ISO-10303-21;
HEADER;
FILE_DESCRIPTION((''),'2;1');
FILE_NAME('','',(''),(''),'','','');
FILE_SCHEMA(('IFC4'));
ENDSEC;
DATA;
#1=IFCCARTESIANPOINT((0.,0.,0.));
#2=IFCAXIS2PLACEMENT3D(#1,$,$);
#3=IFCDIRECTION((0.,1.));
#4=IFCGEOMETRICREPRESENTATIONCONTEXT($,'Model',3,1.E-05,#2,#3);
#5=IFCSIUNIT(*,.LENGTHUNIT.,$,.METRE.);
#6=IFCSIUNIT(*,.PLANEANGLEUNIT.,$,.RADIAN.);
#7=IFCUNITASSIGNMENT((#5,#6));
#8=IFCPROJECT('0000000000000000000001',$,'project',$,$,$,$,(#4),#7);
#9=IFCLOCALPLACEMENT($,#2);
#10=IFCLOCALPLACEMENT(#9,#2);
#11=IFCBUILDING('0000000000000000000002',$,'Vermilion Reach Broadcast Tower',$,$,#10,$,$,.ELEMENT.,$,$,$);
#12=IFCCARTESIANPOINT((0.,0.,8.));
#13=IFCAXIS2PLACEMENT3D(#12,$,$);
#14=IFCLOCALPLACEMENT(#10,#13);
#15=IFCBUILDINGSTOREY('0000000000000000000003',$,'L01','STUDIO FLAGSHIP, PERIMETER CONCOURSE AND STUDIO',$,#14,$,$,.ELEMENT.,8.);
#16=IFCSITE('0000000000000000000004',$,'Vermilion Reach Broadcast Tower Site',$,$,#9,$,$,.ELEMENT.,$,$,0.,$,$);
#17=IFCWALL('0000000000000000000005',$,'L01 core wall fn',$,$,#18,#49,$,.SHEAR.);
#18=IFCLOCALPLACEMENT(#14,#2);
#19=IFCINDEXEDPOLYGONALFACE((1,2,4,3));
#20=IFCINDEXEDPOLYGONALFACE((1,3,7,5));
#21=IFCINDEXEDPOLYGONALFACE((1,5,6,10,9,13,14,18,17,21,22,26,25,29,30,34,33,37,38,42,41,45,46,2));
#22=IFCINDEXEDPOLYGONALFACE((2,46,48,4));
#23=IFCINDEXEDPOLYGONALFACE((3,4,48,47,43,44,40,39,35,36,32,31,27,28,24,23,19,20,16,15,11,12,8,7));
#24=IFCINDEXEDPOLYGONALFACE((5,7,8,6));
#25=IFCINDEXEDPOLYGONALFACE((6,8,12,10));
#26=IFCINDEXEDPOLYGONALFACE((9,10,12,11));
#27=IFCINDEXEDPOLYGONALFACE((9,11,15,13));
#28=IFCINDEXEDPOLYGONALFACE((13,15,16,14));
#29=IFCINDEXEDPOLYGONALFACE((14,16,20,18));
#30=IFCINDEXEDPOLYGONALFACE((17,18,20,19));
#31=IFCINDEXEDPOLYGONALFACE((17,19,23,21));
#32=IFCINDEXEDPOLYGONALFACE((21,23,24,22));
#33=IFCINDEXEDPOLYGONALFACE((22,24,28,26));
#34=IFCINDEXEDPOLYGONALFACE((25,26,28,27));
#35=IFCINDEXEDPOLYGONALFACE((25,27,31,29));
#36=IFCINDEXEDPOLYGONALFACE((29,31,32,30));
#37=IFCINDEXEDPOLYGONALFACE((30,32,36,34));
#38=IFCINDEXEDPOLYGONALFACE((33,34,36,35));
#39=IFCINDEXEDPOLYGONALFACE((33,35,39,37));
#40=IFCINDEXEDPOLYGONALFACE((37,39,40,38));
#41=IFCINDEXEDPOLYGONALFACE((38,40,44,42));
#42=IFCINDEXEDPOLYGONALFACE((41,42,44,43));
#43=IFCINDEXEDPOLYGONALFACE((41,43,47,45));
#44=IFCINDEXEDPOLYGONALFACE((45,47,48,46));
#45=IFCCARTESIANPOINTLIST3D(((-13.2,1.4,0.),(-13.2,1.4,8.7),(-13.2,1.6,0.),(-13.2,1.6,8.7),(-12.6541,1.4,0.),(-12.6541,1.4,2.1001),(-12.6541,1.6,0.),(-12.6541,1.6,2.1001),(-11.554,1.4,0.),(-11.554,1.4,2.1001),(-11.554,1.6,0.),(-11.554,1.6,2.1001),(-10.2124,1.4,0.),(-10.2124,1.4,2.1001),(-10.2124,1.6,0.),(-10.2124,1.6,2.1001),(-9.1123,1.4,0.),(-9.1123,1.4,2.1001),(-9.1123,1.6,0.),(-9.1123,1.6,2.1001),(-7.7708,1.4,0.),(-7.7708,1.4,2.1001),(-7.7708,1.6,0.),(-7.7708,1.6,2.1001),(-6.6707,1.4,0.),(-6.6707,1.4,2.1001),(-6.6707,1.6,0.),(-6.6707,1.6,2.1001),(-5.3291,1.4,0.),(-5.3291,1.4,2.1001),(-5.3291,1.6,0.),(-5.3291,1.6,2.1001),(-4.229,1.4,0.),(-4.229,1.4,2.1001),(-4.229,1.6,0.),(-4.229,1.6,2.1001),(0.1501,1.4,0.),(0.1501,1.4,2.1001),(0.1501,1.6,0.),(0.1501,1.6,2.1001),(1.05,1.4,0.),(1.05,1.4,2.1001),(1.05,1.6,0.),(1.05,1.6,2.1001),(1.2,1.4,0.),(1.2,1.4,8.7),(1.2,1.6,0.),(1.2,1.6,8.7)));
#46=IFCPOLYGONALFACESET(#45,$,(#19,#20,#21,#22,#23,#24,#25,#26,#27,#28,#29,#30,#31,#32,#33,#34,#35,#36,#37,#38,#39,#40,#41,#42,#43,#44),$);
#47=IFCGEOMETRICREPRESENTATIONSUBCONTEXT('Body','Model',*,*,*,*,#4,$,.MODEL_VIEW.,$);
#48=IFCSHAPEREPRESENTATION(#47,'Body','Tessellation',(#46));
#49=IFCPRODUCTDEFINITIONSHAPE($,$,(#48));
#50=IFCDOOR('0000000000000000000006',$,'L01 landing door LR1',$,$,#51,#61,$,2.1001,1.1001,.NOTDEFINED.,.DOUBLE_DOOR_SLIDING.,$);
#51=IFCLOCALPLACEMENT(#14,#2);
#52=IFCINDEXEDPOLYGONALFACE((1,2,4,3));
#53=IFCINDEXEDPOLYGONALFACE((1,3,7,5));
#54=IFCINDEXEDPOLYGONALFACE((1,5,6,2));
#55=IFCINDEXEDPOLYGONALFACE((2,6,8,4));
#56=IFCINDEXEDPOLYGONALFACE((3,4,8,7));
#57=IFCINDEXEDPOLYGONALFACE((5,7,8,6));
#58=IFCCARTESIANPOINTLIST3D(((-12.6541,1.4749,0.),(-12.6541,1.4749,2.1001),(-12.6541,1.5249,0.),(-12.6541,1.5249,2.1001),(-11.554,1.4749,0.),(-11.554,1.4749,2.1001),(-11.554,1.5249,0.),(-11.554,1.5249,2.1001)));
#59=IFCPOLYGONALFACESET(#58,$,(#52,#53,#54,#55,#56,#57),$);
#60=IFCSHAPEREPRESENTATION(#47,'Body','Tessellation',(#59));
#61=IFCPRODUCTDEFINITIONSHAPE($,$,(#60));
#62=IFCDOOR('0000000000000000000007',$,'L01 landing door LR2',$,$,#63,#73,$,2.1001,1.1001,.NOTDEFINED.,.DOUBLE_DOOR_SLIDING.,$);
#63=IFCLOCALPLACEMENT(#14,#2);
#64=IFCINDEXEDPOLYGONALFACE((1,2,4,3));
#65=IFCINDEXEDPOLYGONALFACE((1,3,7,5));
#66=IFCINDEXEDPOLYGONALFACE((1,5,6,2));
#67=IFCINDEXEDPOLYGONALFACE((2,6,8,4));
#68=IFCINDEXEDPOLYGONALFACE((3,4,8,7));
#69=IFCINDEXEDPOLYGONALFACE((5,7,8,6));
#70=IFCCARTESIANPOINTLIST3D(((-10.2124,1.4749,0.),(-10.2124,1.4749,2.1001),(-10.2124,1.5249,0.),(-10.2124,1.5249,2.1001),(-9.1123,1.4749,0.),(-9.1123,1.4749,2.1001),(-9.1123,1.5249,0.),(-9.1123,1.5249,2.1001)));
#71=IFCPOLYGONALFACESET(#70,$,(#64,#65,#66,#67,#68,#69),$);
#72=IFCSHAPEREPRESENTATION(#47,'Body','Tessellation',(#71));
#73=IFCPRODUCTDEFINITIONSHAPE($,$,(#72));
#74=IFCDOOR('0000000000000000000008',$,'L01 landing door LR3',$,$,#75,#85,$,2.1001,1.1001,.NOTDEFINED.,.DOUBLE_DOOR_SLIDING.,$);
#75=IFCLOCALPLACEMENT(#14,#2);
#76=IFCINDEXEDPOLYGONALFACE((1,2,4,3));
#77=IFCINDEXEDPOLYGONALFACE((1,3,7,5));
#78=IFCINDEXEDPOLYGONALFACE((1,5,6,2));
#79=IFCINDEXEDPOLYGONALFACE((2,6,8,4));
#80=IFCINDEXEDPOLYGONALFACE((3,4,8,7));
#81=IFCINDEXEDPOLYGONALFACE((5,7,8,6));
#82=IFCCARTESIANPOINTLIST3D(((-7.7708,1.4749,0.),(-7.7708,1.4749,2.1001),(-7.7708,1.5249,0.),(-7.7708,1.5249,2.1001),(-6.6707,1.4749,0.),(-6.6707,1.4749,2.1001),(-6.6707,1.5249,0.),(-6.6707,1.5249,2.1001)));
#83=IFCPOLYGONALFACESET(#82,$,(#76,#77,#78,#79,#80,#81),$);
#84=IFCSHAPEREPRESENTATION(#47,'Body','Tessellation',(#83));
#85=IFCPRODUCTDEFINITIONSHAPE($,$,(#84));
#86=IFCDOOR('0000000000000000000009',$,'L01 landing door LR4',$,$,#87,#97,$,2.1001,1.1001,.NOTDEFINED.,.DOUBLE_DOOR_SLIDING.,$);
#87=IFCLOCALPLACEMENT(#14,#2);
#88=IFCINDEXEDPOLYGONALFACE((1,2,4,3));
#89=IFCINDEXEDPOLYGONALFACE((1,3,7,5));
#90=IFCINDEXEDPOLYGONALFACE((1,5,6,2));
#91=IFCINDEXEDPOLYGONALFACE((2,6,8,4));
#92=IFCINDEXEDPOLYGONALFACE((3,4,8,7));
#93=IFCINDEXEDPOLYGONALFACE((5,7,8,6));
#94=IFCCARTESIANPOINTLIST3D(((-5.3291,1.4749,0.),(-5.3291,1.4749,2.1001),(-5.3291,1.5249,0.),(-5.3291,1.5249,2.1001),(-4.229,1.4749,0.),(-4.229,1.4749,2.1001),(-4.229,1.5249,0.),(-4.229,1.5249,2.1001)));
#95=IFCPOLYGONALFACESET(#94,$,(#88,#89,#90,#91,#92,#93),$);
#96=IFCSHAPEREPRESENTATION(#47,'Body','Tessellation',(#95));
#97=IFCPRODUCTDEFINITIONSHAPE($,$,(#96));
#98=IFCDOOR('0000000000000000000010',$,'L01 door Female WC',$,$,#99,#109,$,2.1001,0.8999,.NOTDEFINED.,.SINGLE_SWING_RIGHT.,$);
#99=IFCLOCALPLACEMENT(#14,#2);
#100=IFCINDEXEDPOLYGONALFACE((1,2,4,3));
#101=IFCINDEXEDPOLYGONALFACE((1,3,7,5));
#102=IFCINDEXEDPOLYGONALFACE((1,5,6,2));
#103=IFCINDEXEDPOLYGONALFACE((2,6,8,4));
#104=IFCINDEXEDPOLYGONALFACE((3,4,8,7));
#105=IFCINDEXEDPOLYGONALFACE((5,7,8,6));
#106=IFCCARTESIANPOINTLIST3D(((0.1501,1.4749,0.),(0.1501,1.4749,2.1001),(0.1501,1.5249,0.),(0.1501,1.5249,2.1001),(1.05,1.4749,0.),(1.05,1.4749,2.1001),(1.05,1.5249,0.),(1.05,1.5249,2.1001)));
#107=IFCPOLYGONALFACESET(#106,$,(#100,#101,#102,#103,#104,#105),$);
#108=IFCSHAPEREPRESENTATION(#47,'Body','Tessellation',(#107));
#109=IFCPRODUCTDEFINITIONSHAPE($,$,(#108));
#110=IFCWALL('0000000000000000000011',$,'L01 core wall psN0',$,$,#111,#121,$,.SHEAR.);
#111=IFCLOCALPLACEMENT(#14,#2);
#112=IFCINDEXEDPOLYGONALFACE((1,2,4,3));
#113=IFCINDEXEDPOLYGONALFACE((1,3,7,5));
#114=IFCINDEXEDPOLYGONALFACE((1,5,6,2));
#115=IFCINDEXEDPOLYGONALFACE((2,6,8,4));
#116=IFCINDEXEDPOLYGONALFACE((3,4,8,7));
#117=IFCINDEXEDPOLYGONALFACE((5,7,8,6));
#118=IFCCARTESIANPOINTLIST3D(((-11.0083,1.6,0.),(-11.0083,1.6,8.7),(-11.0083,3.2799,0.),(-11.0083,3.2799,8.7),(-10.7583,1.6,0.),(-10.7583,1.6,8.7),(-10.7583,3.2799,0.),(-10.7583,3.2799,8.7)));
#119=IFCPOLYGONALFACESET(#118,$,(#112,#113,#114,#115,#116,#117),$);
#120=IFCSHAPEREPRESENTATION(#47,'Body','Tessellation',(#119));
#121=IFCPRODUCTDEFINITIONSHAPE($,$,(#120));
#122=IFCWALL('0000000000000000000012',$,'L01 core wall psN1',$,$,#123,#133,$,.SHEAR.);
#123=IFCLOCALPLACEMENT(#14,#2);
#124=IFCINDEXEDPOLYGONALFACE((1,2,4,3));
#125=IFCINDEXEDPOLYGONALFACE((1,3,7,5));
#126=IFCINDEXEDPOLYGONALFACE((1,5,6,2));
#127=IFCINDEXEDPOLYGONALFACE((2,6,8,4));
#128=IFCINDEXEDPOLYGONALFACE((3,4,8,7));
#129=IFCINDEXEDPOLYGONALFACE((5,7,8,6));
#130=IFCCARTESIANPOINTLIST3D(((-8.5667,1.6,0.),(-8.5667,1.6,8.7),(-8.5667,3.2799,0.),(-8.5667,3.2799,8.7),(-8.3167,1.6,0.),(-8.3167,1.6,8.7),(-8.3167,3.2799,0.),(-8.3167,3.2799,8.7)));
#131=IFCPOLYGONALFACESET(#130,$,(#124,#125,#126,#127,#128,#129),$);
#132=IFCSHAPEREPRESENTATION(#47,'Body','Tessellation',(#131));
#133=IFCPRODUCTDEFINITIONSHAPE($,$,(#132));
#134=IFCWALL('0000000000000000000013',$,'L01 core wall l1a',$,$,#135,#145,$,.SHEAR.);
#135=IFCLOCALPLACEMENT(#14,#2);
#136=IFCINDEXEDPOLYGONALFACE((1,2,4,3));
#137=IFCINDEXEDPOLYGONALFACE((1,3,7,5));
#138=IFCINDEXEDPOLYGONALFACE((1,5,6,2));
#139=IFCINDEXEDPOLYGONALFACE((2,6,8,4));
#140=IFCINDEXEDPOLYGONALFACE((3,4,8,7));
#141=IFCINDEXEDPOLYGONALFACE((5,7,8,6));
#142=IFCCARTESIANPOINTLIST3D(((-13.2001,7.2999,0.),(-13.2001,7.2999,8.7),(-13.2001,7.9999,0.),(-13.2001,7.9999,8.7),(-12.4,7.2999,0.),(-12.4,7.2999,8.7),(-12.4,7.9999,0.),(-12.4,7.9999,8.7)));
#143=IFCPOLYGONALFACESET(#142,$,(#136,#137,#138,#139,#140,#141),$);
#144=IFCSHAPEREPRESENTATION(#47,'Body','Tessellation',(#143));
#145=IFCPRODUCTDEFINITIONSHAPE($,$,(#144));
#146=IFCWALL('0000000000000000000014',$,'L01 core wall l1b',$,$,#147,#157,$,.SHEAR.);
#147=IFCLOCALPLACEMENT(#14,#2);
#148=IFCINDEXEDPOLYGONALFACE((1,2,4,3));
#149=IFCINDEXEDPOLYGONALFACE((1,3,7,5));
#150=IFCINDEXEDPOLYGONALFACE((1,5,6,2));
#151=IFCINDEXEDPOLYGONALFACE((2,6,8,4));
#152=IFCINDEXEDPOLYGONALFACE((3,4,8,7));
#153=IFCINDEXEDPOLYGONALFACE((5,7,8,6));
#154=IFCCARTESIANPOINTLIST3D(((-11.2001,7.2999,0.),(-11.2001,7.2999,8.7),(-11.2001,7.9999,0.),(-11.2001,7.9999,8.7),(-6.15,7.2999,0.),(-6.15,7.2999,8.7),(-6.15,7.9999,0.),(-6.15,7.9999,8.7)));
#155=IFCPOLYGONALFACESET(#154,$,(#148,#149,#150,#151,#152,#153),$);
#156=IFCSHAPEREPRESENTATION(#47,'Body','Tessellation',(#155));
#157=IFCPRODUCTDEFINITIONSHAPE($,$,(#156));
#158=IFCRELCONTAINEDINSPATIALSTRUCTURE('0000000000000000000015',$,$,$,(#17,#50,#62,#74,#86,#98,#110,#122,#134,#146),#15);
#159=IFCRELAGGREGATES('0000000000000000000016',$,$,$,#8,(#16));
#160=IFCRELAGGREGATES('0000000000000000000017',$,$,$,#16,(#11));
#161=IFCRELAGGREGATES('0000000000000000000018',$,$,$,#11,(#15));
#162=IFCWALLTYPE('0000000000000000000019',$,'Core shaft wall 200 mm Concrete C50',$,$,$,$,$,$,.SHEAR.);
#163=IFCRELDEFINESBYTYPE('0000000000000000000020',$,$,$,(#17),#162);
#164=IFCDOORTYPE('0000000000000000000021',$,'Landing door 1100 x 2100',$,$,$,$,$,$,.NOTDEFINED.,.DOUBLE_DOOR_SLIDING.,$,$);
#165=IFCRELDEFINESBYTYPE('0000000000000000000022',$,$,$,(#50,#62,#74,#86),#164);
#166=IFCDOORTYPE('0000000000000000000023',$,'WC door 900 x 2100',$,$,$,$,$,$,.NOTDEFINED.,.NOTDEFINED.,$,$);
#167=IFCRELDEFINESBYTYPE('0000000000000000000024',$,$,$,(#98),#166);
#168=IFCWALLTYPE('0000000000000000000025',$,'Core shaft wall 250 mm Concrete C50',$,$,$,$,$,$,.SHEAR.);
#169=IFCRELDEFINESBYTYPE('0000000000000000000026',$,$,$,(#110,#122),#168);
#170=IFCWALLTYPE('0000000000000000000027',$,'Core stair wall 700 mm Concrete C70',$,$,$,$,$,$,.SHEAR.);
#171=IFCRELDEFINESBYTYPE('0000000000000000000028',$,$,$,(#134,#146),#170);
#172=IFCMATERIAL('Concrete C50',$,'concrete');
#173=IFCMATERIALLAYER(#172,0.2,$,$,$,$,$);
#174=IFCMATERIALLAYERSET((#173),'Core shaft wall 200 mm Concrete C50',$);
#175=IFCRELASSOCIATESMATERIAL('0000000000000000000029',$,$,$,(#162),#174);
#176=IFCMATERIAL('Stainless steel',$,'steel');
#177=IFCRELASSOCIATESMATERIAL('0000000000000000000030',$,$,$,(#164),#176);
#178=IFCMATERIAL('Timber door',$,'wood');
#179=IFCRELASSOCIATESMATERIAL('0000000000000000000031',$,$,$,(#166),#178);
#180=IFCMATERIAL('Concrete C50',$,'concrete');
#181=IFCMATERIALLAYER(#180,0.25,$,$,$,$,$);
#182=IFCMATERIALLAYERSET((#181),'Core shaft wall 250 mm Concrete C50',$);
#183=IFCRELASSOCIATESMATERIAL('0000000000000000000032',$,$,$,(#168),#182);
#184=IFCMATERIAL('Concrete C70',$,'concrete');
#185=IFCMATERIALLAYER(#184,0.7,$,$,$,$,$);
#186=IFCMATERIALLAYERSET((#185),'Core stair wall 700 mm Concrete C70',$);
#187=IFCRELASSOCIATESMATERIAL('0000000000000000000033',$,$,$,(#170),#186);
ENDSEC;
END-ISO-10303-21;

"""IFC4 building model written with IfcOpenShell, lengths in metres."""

from ifc_helpers import new_model, si_unit, direction, frame, frame_2d, origin, place, context, subcontext, project, spatial, rectangle, extrude, material, layer, layer_set, type_object, element, fill, save


model = new_model("IFC4")

# Units and contexts
model_context = context("Model", 3, precision=1e-05, world=origin(), true_north=direction((0.0, 1.0)))
body_context = subcontext(model_context, "Body", "Model", "MODEL_VIEW")
ifc_project = project(units=[si_unit("LENGTHUNIT", "METRE"), si_unit("PLANEANGLEUNIT", "RADIAN")], contexts=[model_context])

# Site, building, storey
site_placement = place(None, origin())
site = spatial("IfcSite", under=ifc_project, at=site_placement, Name="Vermilion Reach Broadcast Tower Site", CompositionType="ELEMENT", RefElevation=0.0)
building_placement = place(site_placement, origin())
building = spatial("IfcBuilding", under=site, at=building_placement, Name="Vermilion Reach Broadcast Tower", CompositionType="ELEMENT")
storey_placement = place(building_placement, frame((0.0, 0.0, 8.0)))
storey = spatial("IfcBuildingStorey", under=building, at=storey_placement, Name="L01", Description="STUDIO FLAGSHIP, PERIMETER CONCOURSE AND STUDIO", CompositionType="ELEMENT", Elevation=8.0)

# Wall, openings, doors
ifc_material_1 = material(Name="Concrete C50", Category="concrete")
ifc_layer_1 = layer(ifc_material_1, 0.2)
ifc_layer_set_1 = layer_set([ifc_layer_1], Name="Core shaft wall 200 mm Concrete C50")
wall_type_1 = type_object("IfcWallType", Name="Core shaft wall 200 mm Concrete C50", PredefinedType="SHEAR", material=ifc_layer_set_1)
wall_1_placement = place(storey_placement, frame((-13.2, 1.5, 0.0), z_axis=(0.0, 0.0, 1.0), x_axis=(1.0, 0.0, 0.0)))
wall_1 = element("IfcWall", 1, at=wall_1_placement, inside=storey, type_object=wall_type_1, Name="L01 core wall fn", PredefinedType="SHEAR", context=body_context, shape_type="SweptSolid", body=[
    extrude(rectangle(XDim=14.3999, YDim=0.2, at=frame_2d((7.2, 0.0))), origin(), (0.0, 0.0, 1.0), 8.7),
])
opening_1_placement = place(wall_1_placement, frame((0.5459, 0.0, 0.0)))
opening_1 = element("IfcOpeningElement", 2, at=opening_1_placement, cuts=wall_1, PredefinedType="OPENING", context=body_context, shape_type="SweptSolid", body=[
    extrude(rectangle(XDim=1.1001, YDim=2.1001, at=frame_2d((0.55, 1.05))), frame((0.0, 0.1099, 0.0), z_axis=(0.0, -1.0, 0.0), x_axis=(1.0, 0.0, 0.0)), (0.0, 0.0, 1.0), 0.22),
])
opening_2_placement = place(wall_1_placement, frame((2.9875, 0.0, 0.0)))
opening_2 = element("IfcOpeningElement", 3, at=opening_2_placement, cuts=wall_1, PredefinedType="OPENING", context=body_context, shape_type="SweptSolid", body=[
    extrude(rectangle(XDim=1.1001, YDim=2.1001, at=frame_2d((0.55, 1.05))), frame((0.0, 0.1099, 0.0), z_axis=(0.0, -1.0, 0.0), x_axis=(1.0, 0.0, 0.0)), (0.0, 0.0, 1.0), 0.22),
])
opening_3_placement = place(wall_1_placement, frame((5.4292, 0.0, 0.0)))
opening_3 = element("IfcOpeningElement", 4, at=opening_3_placement, cuts=wall_1, PredefinedType="OPENING", context=body_context, shape_type="SweptSolid", body=[
    extrude(rectangle(XDim=1.1001, YDim=2.1001, at=frame_2d((0.55, 1.05))), frame((0.0, 0.1099, 0.0), z_axis=(0.0, -1.0, 0.0), x_axis=(1.0, 0.0, 0.0)), (0.0, 0.0, 1.0), 0.22),
])
opening_4_placement = place(wall_1_placement, frame((7.8708, 0.0, 0.0)))
opening_4 = element("IfcOpeningElement", 5, at=opening_4_placement, cuts=wall_1, PredefinedType="OPENING", context=body_context, shape_type="SweptSolid", body=[
    extrude(rectangle(XDim=1.1001, YDim=2.1001, at=frame_2d((0.55, 1.05))), frame((0.0, 0.1099, 0.0), z_axis=(0.0, -1.0, 0.0), x_axis=(1.0, 0.0, 0.0)), (0.0, 0.0, 1.0), 0.22),
])
opening_5_placement = place(wall_1_placement, frame((13.3501, 0.0, 0.0)))
opening_5 = element("IfcOpeningElement", 6, at=opening_5_placement, cuts=wall_1, PredefinedType="OPENING", context=body_context, shape_type="SweptSolid", body=[
    extrude(rectangle(XDim=0.8999, YDim=2.1001, at=frame_2d((0.45, 1.05))), frame((0.0, 0.1099, 0.0), z_axis=(0.0, -1.0, 0.0), x_axis=(1.0, 0.0, 0.0)), (0.0, 0.0, 1.0), 0.22),
])
ifc_material_2 = material(Name="Stainless steel", Category="steel")
door_type_1 = type_object("IfcDoorType", Name="Landing door 1100 x 2100", OperationType="DOUBLE_DOOR_SLIDING", PredefinedType="NOTDEFINED", material=ifc_material_2)
door_1_placement = place(opening_1_placement, origin())
door_1 = element("IfcDoor", 7, at=door_1_placement, inside=storey, type_object=door_type_1, Name="L01 landing door LR1", OperationType="DOUBLE_DOOR_SLIDING", OverallHeight=2.1001, OverallWidth=1.1001, PredefinedType="NOTDEFINED", context=body_context, shape_type="SweptSolid", body=[
    extrude(rectangle(XDim=1.1001, YDim=2.1001, at=frame_2d((0.55, 1.05))), frame((0.0, 0.0249, 0.0), z_axis=(0.0, -1.0, 0.0), x_axis=(1.0, 0.0, 0.0)), (0.0, 0.0, 1.0), 0.05),
])
fill(opening_1, door_1)
door_2_placement = place(opening_2_placement, origin())
door_2 = element("IfcDoor", 8, at=door_2_placement, inside=storey, type_object=door_type_1, Name="L01 landing door LR2", OperationType="DOUBLE_DOOR_SLIDING", OverallHeight=2.1001, OverallWidth=1.1001, PredefinedType="NOTDEFINED", context=body_context, shape_type="SweptSolid", body=[
    extrude(rectangle(XDim=1.1001, YDim=2.1001, at=frame_2d((0.55, 1.05))), frame((0.0, 0.0249, 0.0), z_axis=(0.0, -1.0, 0.0), x_axis=(1.0, 0.0, 0.0)), (0.0, 0.0, 1.0), 0.05),
])
fill(opening_2, door_2)
door_3_placement = place(opening_3_placement, origin())
door_3 = element("IfcDoor", 9, at=door_3_placement, inside=storey, type_object=door_type_1, Name="L01 landing door LR3", OperationType="DOUBLE_DOOR_SLIDING", OverallHeight=2.1001, OverallWidth=1.1001, PredefinedType="NOTDEFINED", context=body_context, shape_type="SweptSolid", body=[
    extrude(rectangle(XDim=1.1001, YDim=2.1001, at=frame_2d((0.55, 1.05))), frame((0.0, 0.0249, 0.0), z_axis=(0.0, -1.0, 0.0), x_axis=(1.0, 0.0, 0.0)), (0.0, 0.0, 1.0), 0.05),
])
fill(opening_3, door_3)
door_4_placement = place(opening_4_placement, origin())
door_4 = element("IfcDoor", 10, at=door_4_placement, inside=storey, type_object=door_type_1, Name="L01 landing door LR4", OperationType="DOUBLE_DOOR_SLIDING", OverallHeight=2.1001, OverallWidth=1.1001, PredefinedType="NOTDEFINED", context=body_context, shape_type="SweptSolid", body=[
    extrude(rectangle(XDim=1.1001, YDim=2.1001, at=frame_2d((0.55, 1.05))), frame((0.0, 0.0249, 0.0), z_axis=(0.0, -1.0, 0.0), x_axis=(1.0, 0.0, 0.0)), (0.0, 0.0, 1.0), 0.05),
])
fill(opening_4, door_4)
ifc_material_3 = material(Name="Timber door", Category="wood")
door_type_2 = type_object("IfcDoorType", Name="WC door 900 x 2100", OperationType="NOTDEFINED", PredefinedType="NOTDEFINED", material=ifc_material_3)
door_5_placement = place(opening_5_placement, origin())
door_5 = element("IfcDoor", 11, at=door_5_placement, inside=storey, type_object=door_type_2, Name="L01 door Female WC", OperationType="SINGLE_SWING_RIGHT", OverallHeight=2.1001, OverallWidth=0.8999, PredefinedType="NOTDEFINED", context=body_context, shape_type="SweptSolid", body=[
    extrude(rectangle(XDim=0.8999, YDim=2.1001, at=frame_2d((0.45, 1.05))), frame((0.0, 0.0249, 0.0), z_axis=(0.0, -1.0, 0.0), x_axis=(1.0, 0.0, 0.0)), (0.0, 0.0, 1.0), 0.05),
])
fill(opening_5, door_5)

# Walls
ifc_material_4 = material(Name="Concrete C50", Category="concrete")
ifc_layer_2 = layer(ifc_material_4, 0.25)
ifc_layer_set_2 = layer_set([ifc_layer_2], Name="Core shaft wall 250 mm Concrete C50")
wall_type_2 = type_object("IfcWallType", Name="Core shaft wall 250 mm Concrete C50", PredefinedType="SHEAR", material=ifc_layer_set_2)
for number, where, z_axis, x_axis, name in (
    (12, (-10.8833, 1.6001, 0.0), (0.0, 0.0, 1.0), (0.0, 1.0, 0.0), "L01 core wall psN0"),
    (13, (-8.4417, 1.6001, 0.0), (0.0, 0.0, 1.0), (0.0, 1.0, 0.0), "L01 core wall psN1"),
):
    element("IfcWall", number, at=place(storey_placement, frame(where, z_axis=z_axis, x_axis=x_axis)), inside=storey, type_object=wall_type_2, Name=name, PredefinedType="SHEAR", context=body_context, shape_type="SweptSolid", body=[
        extrude(rectangle(XDim=1.6799, YDim=0.25, at=frame_2d((0.8398, 0.0))), origin(), (0.0, 0.0, 1.0), 8.7),
    ])
ifc_material_5 = material(Name="Concrete C70", Category="concrete")
ifc_layer_3 = layer(ifc_material_5, 0.7)
ifc_layer_set_3 = layer_set([ifc_layer_3], Name="Core stair wall 700 mm Concrete C70")
wall_type_3 = type_object("IfcWallType", Name="Core stair wall 700 mm Concrete C70", PredefinedType="SHEAR", material=ifc_layer_set_3)
wall_2_placement = place(storey_placement, frame((-13.2, 7.6499, 0.0), z_axis=(0.0, 0.0, 1.0), x_axis=(1.0, 0.0, 0.0)))
element("IfcWall", 14, at=wall_2_placement, inside=storey, type_object=wall_type_3, Name="L01 core wall l1a", PredefinedType="SHEAR", context=body_context, shape_type="SweptSolid", body=[
    extrude(rectangle(XDim=0.8, YDim=0.7, at=frame_2d((0.3999, 0.0))), origin(), (0.0, 0.0, 1.0), 8.7),
])
wall_3_placement = place(storey_placement, frame((-11.2, 7.6499, 0.0), z_axis=(0.0, 0.0, 1.0), x_axis=(1.0, 0.0, 0.0)))
element("IfcWall", 15, at=wall_3_placement, inside=storey, type_object=wall_type_3, Name="L01 core wall l1b", PredefinedType="SHEAR", context=body_context, shape_type="SweptSolid", body=[
    extrude(rectangle(XDim=5.05, YDim=0.7, at=frame_2d((2.5249, 0.0))), origin(), (0.0, 0.0, 1.0), 8.7),
])

save(model, "model.ifc")
